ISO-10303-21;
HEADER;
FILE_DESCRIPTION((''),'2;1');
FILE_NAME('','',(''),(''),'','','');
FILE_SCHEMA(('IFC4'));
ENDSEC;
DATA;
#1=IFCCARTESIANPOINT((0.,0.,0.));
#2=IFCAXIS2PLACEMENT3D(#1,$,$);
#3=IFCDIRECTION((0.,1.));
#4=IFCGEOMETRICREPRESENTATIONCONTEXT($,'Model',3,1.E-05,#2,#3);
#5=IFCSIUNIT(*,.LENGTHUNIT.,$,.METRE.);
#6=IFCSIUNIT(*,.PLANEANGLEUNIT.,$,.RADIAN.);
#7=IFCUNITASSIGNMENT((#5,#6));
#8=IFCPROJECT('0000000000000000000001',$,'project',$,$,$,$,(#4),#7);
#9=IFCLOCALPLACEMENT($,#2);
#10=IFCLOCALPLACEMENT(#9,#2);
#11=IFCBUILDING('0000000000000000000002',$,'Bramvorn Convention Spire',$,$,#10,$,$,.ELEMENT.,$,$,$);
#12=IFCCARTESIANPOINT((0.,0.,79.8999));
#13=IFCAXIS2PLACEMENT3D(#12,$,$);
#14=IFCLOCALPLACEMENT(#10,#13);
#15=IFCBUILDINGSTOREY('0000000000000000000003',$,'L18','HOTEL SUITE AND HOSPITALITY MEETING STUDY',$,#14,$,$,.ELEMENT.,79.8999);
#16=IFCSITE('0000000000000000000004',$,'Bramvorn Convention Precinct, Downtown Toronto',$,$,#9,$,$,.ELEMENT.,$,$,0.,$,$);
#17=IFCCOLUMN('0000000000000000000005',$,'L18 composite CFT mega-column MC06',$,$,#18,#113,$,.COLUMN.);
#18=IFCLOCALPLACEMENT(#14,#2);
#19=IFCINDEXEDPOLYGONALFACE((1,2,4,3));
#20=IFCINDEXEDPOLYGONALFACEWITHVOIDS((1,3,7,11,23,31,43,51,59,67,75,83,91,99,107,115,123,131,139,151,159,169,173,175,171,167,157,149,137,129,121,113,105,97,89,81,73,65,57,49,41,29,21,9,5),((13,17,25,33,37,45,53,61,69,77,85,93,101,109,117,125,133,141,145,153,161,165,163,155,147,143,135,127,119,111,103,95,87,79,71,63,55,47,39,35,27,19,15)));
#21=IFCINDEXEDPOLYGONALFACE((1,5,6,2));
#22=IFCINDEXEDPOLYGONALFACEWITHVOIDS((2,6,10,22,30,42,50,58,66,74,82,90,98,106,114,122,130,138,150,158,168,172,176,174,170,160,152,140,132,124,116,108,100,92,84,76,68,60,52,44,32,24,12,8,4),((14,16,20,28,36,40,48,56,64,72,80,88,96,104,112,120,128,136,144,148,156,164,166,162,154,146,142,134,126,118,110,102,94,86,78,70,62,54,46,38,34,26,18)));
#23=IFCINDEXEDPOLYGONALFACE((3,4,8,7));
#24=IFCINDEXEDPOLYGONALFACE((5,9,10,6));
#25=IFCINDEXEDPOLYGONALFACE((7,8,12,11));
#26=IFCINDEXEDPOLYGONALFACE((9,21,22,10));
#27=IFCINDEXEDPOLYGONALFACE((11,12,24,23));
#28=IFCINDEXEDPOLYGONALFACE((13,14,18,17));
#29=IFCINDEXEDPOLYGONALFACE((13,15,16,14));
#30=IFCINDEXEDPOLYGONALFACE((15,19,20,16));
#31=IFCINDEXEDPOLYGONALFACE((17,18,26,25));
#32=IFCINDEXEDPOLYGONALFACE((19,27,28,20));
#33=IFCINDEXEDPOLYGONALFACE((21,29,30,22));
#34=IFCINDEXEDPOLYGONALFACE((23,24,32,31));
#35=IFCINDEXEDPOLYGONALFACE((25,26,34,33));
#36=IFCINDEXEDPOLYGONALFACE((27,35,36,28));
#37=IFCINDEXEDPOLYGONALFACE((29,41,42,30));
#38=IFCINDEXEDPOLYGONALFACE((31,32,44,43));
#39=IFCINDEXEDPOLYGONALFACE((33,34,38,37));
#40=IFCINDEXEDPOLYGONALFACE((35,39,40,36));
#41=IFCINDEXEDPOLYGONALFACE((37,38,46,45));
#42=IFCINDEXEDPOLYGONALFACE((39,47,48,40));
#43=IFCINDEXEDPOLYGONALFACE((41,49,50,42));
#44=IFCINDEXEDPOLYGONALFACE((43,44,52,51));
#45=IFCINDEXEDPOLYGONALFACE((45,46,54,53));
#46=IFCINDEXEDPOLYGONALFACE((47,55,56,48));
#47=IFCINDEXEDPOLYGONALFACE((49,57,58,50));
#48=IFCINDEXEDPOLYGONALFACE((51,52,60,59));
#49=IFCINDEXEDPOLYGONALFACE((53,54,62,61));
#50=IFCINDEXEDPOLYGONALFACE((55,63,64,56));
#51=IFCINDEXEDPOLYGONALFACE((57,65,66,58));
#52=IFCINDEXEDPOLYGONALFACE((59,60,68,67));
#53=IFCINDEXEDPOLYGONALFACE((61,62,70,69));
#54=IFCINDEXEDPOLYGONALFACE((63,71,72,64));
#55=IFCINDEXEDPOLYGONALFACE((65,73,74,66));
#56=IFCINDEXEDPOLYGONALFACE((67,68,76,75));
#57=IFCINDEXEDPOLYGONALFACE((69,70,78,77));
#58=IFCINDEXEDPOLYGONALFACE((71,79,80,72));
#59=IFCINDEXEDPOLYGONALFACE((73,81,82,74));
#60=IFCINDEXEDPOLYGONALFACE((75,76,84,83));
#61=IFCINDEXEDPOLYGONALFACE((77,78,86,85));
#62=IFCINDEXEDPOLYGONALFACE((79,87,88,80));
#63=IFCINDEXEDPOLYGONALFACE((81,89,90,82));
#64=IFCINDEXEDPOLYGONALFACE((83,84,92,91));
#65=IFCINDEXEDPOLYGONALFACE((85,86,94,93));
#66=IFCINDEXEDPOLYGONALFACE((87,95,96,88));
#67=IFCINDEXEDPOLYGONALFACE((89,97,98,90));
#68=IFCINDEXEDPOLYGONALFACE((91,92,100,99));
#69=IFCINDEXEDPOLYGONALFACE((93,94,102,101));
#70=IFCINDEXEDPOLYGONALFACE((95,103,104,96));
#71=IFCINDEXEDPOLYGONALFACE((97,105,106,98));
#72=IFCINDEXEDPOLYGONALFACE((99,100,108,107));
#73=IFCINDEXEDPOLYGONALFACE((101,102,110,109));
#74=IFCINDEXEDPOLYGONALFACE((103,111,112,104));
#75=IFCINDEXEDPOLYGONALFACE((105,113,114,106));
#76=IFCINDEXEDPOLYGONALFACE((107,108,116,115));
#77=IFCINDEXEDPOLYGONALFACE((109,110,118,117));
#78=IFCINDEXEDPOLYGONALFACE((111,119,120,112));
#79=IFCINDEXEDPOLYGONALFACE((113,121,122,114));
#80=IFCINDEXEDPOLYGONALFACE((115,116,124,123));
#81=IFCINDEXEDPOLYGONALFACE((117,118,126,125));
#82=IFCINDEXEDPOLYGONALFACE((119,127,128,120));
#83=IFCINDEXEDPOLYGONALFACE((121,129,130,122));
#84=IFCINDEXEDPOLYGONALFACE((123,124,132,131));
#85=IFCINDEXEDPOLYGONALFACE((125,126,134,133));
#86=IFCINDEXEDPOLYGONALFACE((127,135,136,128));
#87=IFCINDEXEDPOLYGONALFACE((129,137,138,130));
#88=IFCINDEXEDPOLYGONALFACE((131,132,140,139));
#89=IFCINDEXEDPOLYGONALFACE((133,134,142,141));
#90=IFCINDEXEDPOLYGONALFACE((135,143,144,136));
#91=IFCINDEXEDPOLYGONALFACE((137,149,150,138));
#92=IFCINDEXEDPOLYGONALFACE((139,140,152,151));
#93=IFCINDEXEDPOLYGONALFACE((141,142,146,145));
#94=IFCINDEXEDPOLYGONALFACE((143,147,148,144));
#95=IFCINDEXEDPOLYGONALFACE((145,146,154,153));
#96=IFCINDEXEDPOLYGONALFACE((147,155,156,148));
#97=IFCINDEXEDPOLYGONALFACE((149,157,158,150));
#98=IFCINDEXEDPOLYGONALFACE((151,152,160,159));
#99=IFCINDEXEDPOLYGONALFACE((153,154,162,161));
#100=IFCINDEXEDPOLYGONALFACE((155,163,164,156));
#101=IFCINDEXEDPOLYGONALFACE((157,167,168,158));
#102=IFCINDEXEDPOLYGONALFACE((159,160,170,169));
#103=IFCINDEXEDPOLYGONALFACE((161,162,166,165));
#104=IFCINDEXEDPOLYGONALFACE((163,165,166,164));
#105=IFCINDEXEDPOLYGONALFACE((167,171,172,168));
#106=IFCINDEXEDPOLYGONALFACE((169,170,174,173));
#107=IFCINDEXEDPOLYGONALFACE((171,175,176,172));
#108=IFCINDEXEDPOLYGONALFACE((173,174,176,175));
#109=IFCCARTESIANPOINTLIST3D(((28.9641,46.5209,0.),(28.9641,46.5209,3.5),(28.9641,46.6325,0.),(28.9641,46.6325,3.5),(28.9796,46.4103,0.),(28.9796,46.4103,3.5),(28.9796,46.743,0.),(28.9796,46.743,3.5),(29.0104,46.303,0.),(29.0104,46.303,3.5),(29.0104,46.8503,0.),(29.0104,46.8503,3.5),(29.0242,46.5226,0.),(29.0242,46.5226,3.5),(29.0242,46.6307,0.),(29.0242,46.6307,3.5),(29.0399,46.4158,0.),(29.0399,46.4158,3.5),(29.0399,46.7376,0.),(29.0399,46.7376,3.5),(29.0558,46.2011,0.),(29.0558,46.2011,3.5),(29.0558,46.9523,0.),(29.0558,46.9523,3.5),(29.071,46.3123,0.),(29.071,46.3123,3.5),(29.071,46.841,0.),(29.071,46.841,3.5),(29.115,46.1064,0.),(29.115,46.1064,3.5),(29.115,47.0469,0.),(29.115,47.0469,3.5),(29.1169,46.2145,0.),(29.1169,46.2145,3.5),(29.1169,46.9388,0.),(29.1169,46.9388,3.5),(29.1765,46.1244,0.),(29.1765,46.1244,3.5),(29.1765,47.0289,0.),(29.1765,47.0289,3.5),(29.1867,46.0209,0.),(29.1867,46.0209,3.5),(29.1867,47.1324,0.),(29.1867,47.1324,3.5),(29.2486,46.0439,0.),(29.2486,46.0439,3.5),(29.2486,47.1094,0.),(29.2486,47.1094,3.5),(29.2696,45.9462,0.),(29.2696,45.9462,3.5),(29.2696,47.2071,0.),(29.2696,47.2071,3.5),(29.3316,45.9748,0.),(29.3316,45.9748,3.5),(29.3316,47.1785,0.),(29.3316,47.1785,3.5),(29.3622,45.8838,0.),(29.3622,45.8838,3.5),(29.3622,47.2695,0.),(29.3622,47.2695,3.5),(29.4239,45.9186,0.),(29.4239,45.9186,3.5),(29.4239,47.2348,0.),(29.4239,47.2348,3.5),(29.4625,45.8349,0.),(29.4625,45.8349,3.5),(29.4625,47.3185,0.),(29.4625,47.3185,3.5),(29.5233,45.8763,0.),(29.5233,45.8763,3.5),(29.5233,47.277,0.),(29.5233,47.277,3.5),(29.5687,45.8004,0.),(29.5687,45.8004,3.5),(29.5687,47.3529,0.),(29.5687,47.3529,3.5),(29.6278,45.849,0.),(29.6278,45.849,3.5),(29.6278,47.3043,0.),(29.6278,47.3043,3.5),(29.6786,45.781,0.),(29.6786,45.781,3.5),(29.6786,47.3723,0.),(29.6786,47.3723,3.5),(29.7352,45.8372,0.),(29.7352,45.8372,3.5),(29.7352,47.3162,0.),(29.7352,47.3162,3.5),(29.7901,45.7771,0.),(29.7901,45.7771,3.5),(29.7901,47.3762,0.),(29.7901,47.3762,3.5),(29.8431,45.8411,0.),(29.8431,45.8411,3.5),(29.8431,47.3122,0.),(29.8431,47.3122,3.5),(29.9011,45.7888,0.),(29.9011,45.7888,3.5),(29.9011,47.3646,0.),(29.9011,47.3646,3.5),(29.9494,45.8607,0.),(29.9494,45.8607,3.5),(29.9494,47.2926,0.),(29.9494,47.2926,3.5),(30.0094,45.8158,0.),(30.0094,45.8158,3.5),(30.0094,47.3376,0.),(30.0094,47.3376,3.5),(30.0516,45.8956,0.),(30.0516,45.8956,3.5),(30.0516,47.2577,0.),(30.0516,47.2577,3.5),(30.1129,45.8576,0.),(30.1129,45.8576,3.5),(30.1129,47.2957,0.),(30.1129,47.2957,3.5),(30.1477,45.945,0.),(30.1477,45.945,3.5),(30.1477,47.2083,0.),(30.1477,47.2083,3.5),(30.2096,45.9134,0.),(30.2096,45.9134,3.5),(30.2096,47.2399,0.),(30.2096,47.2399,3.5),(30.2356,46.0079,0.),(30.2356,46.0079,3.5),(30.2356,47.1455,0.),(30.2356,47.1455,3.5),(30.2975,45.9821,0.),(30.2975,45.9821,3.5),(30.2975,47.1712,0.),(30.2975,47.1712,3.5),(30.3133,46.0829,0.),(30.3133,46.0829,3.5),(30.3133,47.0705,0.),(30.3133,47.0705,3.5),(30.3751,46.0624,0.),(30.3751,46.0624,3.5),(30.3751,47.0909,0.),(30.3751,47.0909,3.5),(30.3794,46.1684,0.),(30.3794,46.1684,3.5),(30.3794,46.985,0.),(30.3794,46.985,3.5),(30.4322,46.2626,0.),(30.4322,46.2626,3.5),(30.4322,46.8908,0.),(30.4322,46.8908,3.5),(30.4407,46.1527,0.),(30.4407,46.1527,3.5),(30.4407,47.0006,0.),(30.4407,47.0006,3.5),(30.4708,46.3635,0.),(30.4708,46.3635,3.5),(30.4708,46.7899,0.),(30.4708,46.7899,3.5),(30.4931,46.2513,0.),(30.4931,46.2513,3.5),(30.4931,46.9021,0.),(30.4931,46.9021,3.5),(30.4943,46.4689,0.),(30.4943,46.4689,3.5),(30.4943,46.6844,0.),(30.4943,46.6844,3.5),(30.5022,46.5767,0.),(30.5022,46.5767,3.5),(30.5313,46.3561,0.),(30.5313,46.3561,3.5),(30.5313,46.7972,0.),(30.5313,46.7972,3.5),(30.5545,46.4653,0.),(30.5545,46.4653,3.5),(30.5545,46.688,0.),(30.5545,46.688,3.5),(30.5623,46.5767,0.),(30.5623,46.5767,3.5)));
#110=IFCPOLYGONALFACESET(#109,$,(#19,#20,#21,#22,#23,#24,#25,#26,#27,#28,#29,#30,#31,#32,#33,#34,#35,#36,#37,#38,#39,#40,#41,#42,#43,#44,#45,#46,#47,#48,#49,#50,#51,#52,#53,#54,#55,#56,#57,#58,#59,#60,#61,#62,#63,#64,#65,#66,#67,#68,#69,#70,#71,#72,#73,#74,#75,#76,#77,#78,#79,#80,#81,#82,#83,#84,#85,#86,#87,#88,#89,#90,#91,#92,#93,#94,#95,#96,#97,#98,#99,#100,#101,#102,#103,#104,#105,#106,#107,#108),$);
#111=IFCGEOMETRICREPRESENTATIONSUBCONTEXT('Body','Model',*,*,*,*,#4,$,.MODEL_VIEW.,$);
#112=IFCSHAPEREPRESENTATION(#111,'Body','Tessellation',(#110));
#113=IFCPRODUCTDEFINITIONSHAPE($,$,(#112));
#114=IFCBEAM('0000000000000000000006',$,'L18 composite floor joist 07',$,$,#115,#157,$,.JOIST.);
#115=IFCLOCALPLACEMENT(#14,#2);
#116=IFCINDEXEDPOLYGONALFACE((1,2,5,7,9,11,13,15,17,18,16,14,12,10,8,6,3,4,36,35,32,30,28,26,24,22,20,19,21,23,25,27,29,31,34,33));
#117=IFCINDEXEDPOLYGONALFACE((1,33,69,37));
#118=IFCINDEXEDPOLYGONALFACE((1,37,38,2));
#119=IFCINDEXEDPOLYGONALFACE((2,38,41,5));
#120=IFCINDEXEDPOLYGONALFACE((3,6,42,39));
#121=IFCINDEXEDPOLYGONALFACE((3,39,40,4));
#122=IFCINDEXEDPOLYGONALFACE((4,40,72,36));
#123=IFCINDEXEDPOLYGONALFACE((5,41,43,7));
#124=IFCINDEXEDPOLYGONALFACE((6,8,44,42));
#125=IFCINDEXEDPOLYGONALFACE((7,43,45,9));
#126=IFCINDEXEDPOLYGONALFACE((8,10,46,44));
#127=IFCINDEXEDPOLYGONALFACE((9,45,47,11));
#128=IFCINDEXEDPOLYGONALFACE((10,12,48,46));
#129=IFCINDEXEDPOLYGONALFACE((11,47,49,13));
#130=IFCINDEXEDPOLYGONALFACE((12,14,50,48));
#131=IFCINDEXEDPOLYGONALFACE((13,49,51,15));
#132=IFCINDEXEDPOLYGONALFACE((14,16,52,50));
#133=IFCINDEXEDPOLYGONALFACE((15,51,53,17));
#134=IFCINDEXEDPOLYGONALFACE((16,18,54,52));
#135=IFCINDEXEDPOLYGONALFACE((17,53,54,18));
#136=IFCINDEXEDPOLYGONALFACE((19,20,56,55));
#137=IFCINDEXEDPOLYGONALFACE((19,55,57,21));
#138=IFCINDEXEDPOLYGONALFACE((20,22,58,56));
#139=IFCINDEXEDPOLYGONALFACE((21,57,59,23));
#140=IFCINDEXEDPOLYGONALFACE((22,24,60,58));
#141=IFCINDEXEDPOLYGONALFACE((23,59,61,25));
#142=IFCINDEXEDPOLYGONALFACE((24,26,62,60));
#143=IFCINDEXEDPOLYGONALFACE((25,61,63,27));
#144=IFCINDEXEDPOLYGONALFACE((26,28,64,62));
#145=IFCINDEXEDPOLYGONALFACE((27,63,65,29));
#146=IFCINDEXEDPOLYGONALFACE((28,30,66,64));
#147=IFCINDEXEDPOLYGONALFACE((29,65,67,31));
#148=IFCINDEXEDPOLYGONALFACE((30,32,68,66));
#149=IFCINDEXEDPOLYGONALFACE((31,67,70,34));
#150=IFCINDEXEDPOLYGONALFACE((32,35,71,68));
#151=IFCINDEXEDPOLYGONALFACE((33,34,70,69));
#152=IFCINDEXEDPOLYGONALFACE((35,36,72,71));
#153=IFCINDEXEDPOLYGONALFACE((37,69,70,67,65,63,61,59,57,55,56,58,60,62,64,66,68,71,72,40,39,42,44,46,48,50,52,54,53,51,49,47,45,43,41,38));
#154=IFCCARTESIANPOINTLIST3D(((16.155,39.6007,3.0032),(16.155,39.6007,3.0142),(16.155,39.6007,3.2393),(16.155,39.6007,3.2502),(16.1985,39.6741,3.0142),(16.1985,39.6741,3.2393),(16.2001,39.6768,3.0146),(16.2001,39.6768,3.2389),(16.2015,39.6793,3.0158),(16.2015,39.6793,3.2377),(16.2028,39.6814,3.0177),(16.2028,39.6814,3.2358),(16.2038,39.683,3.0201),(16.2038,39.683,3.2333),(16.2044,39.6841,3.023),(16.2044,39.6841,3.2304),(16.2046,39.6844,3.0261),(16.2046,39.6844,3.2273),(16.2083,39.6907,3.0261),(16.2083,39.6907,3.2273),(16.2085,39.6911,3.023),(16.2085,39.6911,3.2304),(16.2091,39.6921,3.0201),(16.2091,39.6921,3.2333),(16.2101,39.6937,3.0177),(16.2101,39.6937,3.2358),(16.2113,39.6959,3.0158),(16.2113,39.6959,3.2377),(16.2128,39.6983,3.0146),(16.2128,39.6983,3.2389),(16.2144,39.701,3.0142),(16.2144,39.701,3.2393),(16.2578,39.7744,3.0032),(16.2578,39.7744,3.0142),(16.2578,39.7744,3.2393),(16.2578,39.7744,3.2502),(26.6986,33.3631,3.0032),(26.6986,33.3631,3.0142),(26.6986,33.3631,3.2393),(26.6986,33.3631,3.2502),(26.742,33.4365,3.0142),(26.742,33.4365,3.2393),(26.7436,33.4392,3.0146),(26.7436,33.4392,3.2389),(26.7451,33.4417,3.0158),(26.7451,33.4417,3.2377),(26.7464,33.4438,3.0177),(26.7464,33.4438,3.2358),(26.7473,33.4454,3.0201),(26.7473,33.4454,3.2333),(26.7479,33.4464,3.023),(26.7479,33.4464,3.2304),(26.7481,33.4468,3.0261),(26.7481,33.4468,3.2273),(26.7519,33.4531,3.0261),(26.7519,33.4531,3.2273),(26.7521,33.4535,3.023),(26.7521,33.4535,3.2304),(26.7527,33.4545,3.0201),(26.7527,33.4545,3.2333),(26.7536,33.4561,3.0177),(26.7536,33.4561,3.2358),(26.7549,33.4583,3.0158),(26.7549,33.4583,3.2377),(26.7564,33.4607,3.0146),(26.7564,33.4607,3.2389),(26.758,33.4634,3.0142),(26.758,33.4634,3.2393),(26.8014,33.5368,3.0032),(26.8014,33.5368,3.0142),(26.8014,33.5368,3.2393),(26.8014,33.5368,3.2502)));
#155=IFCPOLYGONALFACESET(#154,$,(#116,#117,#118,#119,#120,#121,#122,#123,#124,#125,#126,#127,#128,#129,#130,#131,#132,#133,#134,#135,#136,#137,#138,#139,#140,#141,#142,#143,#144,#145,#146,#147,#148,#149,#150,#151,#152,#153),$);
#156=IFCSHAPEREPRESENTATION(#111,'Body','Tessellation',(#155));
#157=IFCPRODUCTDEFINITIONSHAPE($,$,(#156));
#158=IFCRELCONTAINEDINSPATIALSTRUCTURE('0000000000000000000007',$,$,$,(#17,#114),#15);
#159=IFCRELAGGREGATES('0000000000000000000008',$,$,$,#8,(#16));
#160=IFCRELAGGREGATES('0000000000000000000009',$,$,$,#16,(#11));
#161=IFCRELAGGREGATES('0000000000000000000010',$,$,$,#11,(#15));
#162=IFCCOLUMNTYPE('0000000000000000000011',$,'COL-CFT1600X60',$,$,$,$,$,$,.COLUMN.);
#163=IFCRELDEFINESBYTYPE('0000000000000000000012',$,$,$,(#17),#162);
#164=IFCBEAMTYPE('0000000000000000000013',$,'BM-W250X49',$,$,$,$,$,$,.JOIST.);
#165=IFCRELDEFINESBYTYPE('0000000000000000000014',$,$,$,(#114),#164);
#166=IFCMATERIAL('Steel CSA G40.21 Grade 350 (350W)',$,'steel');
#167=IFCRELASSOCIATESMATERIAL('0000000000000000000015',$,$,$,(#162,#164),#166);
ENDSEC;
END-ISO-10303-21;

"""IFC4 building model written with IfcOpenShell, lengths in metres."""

from ifc_helpers import new_model, si_unit, direction, frame, origin, origin_2d, place, context, subcontext, project, spatial, hollow_circle, i_section, extrude, material, material_profile, profile_set, type_object, element, save


model = new_model("IFC4")

# Units and contexts
model_context = context("Model", 3, precision=1e-05, world=origin(), true_north=direction((0.0, 1.0)))
body_context = subcontext(model_context, "Body", "Model", "MODEL_VIEW")
ifc_project = project(units=[si_unit("LENGTHUNIT", "METRE"), si_unit("PLANEANGLEUNIT", "RADIAN")], contexts=[model_context])

# Site, building, storey
site_placement = place(None, origin())
site = spatial("IfcSite", under=ifc_project, at=site_placement, Name="Bramvorn Convention Precinct, Downtown Toronto", CompositionType="ELEMENT", RefElevation=0.0)
building_placement = place(site_placement, origin())
building = spatial("IfcBuilding", under=site, at=building_placement, Name="Bramvorn Convention Spire", CompositionType="ELEMENT")
storey_placement = place(building_placement, frame((0.0, 0.0, 79.8999)))
storey = spatial("IfcBuildingStorey", under=building, at=storey_placement, Name="L18", Description="HOTEL SUITE AND HOSPITALITY MEETING STUDY", CompositionType="ELEMENT", Elevation=79.8999)

# Column
ifc_material_1 = material(Name="Steel CSA G40.21 Grade 350 (350W)", Category="steel")
ifc_material_profile_1 = material_profile(ifc_material_1, hollow_circle(Radius=0.8, WallThickness=0.0601, at=origin_2d()))
ifc_profile_set_1 = profile_set([ifc_material_profile_1], Name="Steel CSA G40.21 Grade 350 (350W) - CFT1600X60")
column_type = type_object("IfcColumnType", Name="COL-CFT1600X60", PredefinedType="COLUMN", material=ifc_profile_set_1)
column_placement = place(storey_placement, frame((29.7622, 46.5767, 0.0), z_axis=(0.0, 0.0, 1.0), x_axis=(1.0, 0.0, 0.0)))
element("IfcColumn", 1, at=column_placement, inside=storey, type_object=column_type, Name="L18 composite CFT mega-column MC06", PredefinedType="COLUMN", context=body_context, shape_type="SweptSolid", body=[
    extrude(hollow_circle(Radius=0.8, WallThickness=0.0601, at=origin_2d()), origin(), (0.0, 0.0, 1.0), 3.5),
])

# Beam
ifc_material_profile_2 = material_profile(ifc_material_1, i_section(OverallWidth=0.2019, OverallDepth=0.2471, WebThickness=0.0073, FlangeThickness=0.011, FilletRadius=0.012, at=origin_2d()))
ifc_profile_set_2 = profile_set([ifc_material_profile_2], Name="Steel CSA G40.21 Grade 350 (350W) - W250X49")
beam_type_1 = type_object("IfcBeamType", Name="BM-W250X49", PredefinedType="JOIST", material=ifc_profile_set_2)
beam_1_placement = place(storey_placement, frame((26.75, 33.45, 3.1267), z_axis=(-0.860665, 0.509172, 0.0), x_axis=(-0.509172, -0.860665, 0.0)))
element("IfcBeam", 2, at=beam_1_placement, inside=storey, type_object=beam_type_1, Name="L18 composite floor joist 07", PredefinedType="JOIST", context=body_context, shape_type="SweptSolid", body=[
    extrude(i_section(OverallWidth=0.2019, OverallDepth=0.2471, WebThickness=0.0073, FlangeThickness=0.011, FilletRadius=0.012, at=origin_2d()), origin(), (0.0, 0.0, 1.0), 12.2505),
])

save(model, "model.ifc")
